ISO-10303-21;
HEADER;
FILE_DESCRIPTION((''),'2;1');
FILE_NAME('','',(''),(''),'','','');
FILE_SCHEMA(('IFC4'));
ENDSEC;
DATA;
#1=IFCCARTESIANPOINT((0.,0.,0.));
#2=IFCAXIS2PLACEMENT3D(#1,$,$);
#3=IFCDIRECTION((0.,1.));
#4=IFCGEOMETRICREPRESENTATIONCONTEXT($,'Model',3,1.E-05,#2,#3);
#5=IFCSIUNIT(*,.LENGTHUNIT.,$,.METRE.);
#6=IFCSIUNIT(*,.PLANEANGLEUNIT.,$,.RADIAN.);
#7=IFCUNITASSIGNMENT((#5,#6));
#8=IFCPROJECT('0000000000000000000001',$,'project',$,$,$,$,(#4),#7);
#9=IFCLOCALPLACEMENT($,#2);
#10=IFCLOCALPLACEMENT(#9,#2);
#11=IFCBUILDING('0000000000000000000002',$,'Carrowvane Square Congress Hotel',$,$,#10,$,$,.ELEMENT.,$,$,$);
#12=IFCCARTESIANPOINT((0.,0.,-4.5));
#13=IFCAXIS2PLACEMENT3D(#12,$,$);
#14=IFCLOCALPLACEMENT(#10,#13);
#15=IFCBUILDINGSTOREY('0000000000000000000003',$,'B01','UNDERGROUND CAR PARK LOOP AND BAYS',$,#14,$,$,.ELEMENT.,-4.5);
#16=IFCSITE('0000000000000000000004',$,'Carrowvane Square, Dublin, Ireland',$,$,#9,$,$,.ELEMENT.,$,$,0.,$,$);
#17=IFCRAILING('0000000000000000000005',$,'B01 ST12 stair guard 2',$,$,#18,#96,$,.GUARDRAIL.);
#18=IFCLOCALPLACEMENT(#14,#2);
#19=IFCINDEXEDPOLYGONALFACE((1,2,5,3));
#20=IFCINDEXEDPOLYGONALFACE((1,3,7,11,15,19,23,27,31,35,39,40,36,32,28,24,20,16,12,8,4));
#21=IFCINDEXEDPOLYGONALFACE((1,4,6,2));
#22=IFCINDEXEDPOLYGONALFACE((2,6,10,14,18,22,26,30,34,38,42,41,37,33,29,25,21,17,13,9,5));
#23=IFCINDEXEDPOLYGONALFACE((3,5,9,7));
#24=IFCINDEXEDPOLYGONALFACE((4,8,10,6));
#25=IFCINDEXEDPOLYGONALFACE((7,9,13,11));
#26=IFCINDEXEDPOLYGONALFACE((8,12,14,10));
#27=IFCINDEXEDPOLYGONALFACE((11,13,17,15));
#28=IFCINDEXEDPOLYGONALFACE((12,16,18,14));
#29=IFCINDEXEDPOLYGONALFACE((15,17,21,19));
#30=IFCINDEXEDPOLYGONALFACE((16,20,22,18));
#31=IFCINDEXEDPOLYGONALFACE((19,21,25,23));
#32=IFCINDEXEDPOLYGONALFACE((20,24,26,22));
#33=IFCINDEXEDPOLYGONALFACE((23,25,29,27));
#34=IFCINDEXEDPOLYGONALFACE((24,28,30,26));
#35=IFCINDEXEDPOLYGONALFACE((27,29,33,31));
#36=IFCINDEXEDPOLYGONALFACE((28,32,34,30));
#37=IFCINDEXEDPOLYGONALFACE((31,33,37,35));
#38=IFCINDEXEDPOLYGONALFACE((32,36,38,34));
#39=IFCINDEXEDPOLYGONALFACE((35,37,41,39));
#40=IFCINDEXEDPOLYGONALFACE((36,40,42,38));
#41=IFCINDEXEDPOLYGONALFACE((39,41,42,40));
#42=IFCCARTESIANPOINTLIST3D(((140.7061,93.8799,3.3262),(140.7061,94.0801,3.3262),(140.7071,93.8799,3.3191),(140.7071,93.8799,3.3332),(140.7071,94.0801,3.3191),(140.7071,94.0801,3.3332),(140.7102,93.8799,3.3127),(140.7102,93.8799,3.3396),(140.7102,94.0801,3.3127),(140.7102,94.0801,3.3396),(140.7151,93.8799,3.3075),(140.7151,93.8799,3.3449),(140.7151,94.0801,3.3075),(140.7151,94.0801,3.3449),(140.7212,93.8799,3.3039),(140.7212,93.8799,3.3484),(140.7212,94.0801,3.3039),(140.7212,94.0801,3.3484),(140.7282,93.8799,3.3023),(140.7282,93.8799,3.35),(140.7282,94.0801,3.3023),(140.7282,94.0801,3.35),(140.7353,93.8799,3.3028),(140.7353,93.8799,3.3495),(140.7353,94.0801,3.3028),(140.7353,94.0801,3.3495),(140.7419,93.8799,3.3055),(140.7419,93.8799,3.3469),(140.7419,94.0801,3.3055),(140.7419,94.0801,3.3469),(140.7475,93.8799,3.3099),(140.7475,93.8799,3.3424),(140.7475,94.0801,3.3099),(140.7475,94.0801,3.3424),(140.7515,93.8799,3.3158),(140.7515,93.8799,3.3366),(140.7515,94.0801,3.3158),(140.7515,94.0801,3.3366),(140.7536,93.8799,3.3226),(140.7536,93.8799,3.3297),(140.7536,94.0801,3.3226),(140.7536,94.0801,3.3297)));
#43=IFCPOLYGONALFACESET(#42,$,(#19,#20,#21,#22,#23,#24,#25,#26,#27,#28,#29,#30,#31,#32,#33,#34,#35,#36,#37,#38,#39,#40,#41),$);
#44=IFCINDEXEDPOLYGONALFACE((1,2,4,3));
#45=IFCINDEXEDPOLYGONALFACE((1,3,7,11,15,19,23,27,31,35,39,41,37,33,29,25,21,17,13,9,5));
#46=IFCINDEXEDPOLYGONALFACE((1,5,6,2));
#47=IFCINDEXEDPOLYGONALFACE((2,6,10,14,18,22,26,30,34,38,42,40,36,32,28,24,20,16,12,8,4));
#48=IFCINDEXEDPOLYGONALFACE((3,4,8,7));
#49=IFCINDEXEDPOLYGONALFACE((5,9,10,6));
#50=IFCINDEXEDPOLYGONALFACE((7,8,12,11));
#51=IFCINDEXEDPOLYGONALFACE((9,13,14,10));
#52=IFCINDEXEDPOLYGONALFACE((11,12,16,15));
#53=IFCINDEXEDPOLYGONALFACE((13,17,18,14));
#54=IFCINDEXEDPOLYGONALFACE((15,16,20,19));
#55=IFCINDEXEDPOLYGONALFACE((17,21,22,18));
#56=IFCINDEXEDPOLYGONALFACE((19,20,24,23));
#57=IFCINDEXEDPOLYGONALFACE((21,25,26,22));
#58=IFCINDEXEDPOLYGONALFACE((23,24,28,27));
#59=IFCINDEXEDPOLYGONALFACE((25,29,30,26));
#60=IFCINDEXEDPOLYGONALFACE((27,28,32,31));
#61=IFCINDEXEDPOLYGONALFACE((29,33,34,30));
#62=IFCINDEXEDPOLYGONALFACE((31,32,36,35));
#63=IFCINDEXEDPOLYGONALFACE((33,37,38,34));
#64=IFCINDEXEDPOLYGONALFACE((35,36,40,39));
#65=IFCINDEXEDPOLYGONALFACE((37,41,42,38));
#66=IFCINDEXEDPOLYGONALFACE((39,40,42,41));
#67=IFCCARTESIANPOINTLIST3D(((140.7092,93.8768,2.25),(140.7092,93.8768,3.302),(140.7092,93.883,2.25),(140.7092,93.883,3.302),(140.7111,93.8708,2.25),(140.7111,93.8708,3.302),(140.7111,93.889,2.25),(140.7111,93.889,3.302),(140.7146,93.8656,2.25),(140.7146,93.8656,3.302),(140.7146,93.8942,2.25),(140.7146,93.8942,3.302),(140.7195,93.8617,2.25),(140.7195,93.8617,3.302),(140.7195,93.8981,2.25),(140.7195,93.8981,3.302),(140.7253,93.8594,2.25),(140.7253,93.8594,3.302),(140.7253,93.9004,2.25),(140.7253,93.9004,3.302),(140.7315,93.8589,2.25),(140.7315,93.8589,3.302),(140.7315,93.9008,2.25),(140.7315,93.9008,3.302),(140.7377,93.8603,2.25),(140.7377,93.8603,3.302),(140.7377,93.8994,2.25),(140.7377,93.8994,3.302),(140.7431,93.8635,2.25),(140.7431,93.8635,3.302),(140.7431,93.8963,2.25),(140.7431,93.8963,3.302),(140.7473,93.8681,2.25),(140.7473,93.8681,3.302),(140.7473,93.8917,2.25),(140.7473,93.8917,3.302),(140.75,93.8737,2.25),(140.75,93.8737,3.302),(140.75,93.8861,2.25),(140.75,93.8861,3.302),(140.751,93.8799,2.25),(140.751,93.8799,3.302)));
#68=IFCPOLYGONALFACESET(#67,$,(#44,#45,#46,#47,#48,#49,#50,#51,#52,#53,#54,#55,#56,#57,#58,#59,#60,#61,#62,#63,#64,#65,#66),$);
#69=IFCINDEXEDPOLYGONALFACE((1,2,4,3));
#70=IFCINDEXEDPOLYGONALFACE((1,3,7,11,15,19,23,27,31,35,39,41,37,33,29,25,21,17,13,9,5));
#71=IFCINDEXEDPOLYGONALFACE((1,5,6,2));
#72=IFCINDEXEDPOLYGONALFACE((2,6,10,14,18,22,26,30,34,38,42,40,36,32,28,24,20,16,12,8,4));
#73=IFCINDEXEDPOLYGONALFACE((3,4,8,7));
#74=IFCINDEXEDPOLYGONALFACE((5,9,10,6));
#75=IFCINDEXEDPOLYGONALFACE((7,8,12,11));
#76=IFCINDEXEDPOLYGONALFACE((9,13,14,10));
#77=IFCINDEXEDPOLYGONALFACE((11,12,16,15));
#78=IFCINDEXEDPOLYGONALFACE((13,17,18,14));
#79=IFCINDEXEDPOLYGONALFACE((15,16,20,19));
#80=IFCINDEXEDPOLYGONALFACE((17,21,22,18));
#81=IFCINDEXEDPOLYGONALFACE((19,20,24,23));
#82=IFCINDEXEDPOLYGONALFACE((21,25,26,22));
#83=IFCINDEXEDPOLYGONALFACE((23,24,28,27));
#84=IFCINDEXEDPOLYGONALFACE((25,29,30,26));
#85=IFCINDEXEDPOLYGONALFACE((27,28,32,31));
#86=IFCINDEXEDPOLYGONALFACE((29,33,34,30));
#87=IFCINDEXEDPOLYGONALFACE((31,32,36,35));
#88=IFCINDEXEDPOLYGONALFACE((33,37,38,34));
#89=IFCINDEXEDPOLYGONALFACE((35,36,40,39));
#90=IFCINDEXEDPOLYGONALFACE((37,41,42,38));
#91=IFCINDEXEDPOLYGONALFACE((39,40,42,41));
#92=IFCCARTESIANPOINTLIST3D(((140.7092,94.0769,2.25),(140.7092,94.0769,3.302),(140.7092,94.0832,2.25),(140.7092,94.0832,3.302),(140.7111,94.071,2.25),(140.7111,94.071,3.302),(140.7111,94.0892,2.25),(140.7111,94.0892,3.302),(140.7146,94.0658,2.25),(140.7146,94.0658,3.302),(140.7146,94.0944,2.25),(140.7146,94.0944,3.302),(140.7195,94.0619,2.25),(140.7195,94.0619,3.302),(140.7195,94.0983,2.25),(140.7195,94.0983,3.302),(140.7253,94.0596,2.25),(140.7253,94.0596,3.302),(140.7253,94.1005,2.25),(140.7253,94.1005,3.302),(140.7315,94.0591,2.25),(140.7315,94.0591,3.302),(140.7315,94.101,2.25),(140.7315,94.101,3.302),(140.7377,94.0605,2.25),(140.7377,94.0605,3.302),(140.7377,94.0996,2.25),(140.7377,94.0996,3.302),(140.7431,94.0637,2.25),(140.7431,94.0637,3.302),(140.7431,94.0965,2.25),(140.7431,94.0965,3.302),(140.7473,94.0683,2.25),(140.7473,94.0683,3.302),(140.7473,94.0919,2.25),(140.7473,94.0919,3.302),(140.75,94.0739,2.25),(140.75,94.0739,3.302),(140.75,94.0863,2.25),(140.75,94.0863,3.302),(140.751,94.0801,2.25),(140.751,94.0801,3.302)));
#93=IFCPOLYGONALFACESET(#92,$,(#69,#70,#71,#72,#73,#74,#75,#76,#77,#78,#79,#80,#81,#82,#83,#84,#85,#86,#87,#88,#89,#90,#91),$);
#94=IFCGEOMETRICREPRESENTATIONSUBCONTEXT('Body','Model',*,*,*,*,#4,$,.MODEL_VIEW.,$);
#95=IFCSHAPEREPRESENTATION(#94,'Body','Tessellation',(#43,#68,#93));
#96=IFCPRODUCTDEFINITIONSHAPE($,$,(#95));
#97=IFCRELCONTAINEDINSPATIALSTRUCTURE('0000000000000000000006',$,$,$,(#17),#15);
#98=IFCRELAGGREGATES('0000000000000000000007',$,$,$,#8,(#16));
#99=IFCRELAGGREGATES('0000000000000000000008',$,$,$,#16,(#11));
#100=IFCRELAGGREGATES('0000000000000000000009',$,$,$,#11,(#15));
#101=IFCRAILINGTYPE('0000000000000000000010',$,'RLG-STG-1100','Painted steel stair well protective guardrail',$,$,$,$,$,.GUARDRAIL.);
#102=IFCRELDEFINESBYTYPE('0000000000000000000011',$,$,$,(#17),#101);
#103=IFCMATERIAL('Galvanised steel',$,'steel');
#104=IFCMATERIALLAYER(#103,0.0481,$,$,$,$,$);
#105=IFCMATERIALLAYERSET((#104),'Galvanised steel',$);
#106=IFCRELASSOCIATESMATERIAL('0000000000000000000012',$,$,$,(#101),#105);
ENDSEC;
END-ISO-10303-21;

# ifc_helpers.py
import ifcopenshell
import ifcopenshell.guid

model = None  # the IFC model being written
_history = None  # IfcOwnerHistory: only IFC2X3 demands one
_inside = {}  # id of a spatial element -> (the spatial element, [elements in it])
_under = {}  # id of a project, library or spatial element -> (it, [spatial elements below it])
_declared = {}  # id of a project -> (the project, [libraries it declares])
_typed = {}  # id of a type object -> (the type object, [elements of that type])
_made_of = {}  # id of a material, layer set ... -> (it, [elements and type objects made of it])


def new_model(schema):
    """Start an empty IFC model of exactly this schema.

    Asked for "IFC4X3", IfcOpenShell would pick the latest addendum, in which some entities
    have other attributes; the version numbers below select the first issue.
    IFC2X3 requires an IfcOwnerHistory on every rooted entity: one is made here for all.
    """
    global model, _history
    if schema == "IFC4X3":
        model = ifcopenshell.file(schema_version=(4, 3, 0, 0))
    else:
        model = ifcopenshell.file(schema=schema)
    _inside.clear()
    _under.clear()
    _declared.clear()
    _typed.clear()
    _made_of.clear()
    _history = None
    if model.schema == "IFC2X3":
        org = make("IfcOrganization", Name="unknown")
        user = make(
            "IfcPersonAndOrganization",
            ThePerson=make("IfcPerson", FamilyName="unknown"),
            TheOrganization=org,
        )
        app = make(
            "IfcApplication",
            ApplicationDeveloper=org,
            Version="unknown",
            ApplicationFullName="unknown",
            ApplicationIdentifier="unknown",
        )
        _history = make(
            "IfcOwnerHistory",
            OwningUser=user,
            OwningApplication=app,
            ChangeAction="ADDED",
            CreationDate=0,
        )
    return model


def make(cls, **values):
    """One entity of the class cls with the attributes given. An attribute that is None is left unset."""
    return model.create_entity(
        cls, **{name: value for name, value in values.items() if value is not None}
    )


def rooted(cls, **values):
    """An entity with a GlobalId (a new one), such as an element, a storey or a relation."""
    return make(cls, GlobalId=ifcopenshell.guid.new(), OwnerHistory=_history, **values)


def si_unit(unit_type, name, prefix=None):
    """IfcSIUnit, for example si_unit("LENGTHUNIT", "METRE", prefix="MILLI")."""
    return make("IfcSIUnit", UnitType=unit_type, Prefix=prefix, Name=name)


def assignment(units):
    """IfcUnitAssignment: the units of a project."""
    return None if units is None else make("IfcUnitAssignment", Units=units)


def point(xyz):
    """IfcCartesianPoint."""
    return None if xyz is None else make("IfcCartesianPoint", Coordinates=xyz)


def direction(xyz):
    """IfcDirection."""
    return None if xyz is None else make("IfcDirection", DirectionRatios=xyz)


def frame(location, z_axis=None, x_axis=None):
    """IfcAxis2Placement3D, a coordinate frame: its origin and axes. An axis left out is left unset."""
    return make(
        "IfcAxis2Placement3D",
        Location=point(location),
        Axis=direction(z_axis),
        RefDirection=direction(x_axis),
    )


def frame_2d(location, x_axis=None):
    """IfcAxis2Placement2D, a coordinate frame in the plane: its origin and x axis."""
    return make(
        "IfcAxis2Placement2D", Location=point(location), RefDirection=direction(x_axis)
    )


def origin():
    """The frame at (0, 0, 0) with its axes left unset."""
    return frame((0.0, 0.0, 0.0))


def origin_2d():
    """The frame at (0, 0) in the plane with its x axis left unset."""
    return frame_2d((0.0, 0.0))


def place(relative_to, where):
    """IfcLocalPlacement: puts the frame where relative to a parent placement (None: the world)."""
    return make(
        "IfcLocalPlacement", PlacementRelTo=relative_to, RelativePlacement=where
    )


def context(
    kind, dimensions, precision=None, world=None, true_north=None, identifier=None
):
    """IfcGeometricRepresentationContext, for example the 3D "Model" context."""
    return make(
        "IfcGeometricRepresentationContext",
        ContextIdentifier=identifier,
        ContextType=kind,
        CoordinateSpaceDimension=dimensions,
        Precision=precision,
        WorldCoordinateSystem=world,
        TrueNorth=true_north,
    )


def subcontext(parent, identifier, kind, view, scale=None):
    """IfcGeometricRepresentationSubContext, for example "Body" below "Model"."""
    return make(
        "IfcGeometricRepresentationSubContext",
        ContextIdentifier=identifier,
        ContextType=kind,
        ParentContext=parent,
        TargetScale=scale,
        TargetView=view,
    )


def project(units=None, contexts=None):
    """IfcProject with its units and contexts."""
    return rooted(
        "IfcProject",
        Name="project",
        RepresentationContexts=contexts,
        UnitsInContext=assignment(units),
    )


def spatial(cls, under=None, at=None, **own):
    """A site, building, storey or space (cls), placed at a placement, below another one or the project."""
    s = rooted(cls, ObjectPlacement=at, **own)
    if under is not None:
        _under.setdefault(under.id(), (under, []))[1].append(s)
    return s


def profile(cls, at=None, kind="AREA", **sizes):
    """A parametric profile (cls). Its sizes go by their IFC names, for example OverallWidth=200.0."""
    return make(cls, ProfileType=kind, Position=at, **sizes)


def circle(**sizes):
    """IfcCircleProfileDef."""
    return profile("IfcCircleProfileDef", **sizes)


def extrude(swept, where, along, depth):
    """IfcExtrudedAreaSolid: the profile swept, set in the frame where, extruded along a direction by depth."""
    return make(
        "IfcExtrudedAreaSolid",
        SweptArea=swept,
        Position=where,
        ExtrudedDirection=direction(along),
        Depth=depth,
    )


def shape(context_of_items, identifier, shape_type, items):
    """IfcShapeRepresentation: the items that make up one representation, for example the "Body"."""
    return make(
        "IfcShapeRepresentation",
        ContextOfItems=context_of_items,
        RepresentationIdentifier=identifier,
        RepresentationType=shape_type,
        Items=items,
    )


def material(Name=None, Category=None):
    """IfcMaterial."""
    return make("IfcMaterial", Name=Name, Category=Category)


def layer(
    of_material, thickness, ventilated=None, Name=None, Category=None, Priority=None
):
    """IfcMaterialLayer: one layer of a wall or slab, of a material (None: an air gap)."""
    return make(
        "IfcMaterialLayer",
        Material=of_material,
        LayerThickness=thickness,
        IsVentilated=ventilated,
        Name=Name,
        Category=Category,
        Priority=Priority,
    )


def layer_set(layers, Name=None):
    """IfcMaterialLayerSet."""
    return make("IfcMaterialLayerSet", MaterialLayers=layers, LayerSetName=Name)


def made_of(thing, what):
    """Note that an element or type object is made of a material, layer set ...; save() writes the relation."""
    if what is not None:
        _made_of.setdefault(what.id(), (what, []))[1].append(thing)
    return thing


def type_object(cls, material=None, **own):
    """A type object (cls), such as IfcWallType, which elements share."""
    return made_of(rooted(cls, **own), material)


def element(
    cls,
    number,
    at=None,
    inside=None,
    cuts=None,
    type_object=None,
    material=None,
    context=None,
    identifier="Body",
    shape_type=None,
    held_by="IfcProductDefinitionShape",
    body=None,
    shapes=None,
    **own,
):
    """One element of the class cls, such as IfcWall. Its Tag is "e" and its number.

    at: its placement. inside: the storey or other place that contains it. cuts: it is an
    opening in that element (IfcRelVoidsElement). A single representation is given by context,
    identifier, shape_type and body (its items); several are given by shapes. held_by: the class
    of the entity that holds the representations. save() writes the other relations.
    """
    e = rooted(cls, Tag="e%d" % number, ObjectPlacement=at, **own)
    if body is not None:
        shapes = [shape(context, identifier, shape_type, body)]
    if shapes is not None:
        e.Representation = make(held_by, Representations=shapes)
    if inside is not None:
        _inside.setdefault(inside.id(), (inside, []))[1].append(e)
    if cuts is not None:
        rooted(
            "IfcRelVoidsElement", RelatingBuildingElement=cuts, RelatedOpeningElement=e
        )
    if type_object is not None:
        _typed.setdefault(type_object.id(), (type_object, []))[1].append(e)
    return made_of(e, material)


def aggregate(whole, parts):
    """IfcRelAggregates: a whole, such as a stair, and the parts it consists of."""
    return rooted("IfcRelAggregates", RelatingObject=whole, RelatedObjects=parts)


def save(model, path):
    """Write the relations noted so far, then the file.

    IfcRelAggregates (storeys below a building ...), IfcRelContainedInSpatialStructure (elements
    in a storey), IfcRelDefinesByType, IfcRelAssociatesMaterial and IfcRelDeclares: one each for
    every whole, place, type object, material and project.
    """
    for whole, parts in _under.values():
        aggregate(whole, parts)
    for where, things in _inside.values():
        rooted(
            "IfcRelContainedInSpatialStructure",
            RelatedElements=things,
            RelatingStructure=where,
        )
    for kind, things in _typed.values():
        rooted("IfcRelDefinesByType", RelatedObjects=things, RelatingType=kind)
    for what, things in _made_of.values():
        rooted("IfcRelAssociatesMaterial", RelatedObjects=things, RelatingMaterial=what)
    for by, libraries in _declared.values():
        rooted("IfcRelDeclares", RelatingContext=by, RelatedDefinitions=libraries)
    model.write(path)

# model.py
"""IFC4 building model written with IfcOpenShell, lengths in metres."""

from ifc_helpers import new_model, si_unit, direction, frame, origin, origin_2d, place, context, subcontext, project, spatial, circle, extrude, material, layer, layer_set, type_object, element, save


model = new_model("IFC4")

# Units and contexts
model_context = context("Model", 3, precision=1e-05, world=origin(), true_north=direction((0.0, 1.0)))
body_context = subcontext(model_context, "Body", "Model", "MODEL_VIEW")
ifc_project = project(units=[si_unit("LENGTHUNIT", "METRE"), si_unit("PLANEANGLEUNIT", "RADIAN")], contexts=[model_context])

# Site, building, storey
site_placement = place(None, origin())
site = spatial("IfcSite", under=ifc_project, at=site_placement, Name="Carrowvane Square, Dublin, Ireland", CompositionType="ELEMENT", RefElevation=0.0)
building_placement = place(site_placement, origin())
building = spatial("IfcBuilding", under=site, at=building_placement, Name="Carrowvane Square Congress Hotel", CompositionType="ELEMENT")
storey_placement = place(building_placement, frame((0.0, 0.0, -4.5)))
storey = spatial("IfcBuildingStorey", under=building, at=storey_placement, Name="B01", Description="UNDERGROUND CAR PARK LOOP AND BAYS", CompositionType="ELEMENT", Elevation=-4.5)

# Railing
ifc_material_1 = material(Name="Galvanised steel", Category="steel")
ifc_layer_1 = layer(ifc_material_1, 0.0481)
ifc_layer_set_1 = layer_set([ifc_layer_1], Name="Galvanised steel")
railing_type_1 = type_object("IfcRailingType", Name="RLG-STG-1100", Description="Painted steel stair well protective guardrail", PredefinedType="GUARDRAIL", material=ifc_layer_set_1)
railing_1_placement = place(storey_placement, frame((140.73, 93.8799, 2.25)))
element("IfcRailing", 1, at=railing_1_placement, inside=storey, type_object=railing_type_1, Name="B01 ST12 stair guard 2", PredefinedType="GUARDRAIL", context=body_context, shape_type="SweptSolid", body=[
    extrude(circle(Radius=0.0239, at=origin_2d()), frame((0.0, 0.0, 1.0762), z_axis=(0.0, 1.0, 0.0), x_axis=(-1.0, 0.0, 0.0)), (0.0, 0.0, 1.0), 0.2002),
    extrude(circle(Radius=0.021, at=origin_2d()), origin(), (0.0, 0.0, 1.0), 1.052),
    extrude(circle(Radius=0.021, at=origin_2d()), frame((0.0, 0.2002, 0.0)), (0.0, 0.0, 1.0), 1.052),
])

save(model, "model.ifc")
